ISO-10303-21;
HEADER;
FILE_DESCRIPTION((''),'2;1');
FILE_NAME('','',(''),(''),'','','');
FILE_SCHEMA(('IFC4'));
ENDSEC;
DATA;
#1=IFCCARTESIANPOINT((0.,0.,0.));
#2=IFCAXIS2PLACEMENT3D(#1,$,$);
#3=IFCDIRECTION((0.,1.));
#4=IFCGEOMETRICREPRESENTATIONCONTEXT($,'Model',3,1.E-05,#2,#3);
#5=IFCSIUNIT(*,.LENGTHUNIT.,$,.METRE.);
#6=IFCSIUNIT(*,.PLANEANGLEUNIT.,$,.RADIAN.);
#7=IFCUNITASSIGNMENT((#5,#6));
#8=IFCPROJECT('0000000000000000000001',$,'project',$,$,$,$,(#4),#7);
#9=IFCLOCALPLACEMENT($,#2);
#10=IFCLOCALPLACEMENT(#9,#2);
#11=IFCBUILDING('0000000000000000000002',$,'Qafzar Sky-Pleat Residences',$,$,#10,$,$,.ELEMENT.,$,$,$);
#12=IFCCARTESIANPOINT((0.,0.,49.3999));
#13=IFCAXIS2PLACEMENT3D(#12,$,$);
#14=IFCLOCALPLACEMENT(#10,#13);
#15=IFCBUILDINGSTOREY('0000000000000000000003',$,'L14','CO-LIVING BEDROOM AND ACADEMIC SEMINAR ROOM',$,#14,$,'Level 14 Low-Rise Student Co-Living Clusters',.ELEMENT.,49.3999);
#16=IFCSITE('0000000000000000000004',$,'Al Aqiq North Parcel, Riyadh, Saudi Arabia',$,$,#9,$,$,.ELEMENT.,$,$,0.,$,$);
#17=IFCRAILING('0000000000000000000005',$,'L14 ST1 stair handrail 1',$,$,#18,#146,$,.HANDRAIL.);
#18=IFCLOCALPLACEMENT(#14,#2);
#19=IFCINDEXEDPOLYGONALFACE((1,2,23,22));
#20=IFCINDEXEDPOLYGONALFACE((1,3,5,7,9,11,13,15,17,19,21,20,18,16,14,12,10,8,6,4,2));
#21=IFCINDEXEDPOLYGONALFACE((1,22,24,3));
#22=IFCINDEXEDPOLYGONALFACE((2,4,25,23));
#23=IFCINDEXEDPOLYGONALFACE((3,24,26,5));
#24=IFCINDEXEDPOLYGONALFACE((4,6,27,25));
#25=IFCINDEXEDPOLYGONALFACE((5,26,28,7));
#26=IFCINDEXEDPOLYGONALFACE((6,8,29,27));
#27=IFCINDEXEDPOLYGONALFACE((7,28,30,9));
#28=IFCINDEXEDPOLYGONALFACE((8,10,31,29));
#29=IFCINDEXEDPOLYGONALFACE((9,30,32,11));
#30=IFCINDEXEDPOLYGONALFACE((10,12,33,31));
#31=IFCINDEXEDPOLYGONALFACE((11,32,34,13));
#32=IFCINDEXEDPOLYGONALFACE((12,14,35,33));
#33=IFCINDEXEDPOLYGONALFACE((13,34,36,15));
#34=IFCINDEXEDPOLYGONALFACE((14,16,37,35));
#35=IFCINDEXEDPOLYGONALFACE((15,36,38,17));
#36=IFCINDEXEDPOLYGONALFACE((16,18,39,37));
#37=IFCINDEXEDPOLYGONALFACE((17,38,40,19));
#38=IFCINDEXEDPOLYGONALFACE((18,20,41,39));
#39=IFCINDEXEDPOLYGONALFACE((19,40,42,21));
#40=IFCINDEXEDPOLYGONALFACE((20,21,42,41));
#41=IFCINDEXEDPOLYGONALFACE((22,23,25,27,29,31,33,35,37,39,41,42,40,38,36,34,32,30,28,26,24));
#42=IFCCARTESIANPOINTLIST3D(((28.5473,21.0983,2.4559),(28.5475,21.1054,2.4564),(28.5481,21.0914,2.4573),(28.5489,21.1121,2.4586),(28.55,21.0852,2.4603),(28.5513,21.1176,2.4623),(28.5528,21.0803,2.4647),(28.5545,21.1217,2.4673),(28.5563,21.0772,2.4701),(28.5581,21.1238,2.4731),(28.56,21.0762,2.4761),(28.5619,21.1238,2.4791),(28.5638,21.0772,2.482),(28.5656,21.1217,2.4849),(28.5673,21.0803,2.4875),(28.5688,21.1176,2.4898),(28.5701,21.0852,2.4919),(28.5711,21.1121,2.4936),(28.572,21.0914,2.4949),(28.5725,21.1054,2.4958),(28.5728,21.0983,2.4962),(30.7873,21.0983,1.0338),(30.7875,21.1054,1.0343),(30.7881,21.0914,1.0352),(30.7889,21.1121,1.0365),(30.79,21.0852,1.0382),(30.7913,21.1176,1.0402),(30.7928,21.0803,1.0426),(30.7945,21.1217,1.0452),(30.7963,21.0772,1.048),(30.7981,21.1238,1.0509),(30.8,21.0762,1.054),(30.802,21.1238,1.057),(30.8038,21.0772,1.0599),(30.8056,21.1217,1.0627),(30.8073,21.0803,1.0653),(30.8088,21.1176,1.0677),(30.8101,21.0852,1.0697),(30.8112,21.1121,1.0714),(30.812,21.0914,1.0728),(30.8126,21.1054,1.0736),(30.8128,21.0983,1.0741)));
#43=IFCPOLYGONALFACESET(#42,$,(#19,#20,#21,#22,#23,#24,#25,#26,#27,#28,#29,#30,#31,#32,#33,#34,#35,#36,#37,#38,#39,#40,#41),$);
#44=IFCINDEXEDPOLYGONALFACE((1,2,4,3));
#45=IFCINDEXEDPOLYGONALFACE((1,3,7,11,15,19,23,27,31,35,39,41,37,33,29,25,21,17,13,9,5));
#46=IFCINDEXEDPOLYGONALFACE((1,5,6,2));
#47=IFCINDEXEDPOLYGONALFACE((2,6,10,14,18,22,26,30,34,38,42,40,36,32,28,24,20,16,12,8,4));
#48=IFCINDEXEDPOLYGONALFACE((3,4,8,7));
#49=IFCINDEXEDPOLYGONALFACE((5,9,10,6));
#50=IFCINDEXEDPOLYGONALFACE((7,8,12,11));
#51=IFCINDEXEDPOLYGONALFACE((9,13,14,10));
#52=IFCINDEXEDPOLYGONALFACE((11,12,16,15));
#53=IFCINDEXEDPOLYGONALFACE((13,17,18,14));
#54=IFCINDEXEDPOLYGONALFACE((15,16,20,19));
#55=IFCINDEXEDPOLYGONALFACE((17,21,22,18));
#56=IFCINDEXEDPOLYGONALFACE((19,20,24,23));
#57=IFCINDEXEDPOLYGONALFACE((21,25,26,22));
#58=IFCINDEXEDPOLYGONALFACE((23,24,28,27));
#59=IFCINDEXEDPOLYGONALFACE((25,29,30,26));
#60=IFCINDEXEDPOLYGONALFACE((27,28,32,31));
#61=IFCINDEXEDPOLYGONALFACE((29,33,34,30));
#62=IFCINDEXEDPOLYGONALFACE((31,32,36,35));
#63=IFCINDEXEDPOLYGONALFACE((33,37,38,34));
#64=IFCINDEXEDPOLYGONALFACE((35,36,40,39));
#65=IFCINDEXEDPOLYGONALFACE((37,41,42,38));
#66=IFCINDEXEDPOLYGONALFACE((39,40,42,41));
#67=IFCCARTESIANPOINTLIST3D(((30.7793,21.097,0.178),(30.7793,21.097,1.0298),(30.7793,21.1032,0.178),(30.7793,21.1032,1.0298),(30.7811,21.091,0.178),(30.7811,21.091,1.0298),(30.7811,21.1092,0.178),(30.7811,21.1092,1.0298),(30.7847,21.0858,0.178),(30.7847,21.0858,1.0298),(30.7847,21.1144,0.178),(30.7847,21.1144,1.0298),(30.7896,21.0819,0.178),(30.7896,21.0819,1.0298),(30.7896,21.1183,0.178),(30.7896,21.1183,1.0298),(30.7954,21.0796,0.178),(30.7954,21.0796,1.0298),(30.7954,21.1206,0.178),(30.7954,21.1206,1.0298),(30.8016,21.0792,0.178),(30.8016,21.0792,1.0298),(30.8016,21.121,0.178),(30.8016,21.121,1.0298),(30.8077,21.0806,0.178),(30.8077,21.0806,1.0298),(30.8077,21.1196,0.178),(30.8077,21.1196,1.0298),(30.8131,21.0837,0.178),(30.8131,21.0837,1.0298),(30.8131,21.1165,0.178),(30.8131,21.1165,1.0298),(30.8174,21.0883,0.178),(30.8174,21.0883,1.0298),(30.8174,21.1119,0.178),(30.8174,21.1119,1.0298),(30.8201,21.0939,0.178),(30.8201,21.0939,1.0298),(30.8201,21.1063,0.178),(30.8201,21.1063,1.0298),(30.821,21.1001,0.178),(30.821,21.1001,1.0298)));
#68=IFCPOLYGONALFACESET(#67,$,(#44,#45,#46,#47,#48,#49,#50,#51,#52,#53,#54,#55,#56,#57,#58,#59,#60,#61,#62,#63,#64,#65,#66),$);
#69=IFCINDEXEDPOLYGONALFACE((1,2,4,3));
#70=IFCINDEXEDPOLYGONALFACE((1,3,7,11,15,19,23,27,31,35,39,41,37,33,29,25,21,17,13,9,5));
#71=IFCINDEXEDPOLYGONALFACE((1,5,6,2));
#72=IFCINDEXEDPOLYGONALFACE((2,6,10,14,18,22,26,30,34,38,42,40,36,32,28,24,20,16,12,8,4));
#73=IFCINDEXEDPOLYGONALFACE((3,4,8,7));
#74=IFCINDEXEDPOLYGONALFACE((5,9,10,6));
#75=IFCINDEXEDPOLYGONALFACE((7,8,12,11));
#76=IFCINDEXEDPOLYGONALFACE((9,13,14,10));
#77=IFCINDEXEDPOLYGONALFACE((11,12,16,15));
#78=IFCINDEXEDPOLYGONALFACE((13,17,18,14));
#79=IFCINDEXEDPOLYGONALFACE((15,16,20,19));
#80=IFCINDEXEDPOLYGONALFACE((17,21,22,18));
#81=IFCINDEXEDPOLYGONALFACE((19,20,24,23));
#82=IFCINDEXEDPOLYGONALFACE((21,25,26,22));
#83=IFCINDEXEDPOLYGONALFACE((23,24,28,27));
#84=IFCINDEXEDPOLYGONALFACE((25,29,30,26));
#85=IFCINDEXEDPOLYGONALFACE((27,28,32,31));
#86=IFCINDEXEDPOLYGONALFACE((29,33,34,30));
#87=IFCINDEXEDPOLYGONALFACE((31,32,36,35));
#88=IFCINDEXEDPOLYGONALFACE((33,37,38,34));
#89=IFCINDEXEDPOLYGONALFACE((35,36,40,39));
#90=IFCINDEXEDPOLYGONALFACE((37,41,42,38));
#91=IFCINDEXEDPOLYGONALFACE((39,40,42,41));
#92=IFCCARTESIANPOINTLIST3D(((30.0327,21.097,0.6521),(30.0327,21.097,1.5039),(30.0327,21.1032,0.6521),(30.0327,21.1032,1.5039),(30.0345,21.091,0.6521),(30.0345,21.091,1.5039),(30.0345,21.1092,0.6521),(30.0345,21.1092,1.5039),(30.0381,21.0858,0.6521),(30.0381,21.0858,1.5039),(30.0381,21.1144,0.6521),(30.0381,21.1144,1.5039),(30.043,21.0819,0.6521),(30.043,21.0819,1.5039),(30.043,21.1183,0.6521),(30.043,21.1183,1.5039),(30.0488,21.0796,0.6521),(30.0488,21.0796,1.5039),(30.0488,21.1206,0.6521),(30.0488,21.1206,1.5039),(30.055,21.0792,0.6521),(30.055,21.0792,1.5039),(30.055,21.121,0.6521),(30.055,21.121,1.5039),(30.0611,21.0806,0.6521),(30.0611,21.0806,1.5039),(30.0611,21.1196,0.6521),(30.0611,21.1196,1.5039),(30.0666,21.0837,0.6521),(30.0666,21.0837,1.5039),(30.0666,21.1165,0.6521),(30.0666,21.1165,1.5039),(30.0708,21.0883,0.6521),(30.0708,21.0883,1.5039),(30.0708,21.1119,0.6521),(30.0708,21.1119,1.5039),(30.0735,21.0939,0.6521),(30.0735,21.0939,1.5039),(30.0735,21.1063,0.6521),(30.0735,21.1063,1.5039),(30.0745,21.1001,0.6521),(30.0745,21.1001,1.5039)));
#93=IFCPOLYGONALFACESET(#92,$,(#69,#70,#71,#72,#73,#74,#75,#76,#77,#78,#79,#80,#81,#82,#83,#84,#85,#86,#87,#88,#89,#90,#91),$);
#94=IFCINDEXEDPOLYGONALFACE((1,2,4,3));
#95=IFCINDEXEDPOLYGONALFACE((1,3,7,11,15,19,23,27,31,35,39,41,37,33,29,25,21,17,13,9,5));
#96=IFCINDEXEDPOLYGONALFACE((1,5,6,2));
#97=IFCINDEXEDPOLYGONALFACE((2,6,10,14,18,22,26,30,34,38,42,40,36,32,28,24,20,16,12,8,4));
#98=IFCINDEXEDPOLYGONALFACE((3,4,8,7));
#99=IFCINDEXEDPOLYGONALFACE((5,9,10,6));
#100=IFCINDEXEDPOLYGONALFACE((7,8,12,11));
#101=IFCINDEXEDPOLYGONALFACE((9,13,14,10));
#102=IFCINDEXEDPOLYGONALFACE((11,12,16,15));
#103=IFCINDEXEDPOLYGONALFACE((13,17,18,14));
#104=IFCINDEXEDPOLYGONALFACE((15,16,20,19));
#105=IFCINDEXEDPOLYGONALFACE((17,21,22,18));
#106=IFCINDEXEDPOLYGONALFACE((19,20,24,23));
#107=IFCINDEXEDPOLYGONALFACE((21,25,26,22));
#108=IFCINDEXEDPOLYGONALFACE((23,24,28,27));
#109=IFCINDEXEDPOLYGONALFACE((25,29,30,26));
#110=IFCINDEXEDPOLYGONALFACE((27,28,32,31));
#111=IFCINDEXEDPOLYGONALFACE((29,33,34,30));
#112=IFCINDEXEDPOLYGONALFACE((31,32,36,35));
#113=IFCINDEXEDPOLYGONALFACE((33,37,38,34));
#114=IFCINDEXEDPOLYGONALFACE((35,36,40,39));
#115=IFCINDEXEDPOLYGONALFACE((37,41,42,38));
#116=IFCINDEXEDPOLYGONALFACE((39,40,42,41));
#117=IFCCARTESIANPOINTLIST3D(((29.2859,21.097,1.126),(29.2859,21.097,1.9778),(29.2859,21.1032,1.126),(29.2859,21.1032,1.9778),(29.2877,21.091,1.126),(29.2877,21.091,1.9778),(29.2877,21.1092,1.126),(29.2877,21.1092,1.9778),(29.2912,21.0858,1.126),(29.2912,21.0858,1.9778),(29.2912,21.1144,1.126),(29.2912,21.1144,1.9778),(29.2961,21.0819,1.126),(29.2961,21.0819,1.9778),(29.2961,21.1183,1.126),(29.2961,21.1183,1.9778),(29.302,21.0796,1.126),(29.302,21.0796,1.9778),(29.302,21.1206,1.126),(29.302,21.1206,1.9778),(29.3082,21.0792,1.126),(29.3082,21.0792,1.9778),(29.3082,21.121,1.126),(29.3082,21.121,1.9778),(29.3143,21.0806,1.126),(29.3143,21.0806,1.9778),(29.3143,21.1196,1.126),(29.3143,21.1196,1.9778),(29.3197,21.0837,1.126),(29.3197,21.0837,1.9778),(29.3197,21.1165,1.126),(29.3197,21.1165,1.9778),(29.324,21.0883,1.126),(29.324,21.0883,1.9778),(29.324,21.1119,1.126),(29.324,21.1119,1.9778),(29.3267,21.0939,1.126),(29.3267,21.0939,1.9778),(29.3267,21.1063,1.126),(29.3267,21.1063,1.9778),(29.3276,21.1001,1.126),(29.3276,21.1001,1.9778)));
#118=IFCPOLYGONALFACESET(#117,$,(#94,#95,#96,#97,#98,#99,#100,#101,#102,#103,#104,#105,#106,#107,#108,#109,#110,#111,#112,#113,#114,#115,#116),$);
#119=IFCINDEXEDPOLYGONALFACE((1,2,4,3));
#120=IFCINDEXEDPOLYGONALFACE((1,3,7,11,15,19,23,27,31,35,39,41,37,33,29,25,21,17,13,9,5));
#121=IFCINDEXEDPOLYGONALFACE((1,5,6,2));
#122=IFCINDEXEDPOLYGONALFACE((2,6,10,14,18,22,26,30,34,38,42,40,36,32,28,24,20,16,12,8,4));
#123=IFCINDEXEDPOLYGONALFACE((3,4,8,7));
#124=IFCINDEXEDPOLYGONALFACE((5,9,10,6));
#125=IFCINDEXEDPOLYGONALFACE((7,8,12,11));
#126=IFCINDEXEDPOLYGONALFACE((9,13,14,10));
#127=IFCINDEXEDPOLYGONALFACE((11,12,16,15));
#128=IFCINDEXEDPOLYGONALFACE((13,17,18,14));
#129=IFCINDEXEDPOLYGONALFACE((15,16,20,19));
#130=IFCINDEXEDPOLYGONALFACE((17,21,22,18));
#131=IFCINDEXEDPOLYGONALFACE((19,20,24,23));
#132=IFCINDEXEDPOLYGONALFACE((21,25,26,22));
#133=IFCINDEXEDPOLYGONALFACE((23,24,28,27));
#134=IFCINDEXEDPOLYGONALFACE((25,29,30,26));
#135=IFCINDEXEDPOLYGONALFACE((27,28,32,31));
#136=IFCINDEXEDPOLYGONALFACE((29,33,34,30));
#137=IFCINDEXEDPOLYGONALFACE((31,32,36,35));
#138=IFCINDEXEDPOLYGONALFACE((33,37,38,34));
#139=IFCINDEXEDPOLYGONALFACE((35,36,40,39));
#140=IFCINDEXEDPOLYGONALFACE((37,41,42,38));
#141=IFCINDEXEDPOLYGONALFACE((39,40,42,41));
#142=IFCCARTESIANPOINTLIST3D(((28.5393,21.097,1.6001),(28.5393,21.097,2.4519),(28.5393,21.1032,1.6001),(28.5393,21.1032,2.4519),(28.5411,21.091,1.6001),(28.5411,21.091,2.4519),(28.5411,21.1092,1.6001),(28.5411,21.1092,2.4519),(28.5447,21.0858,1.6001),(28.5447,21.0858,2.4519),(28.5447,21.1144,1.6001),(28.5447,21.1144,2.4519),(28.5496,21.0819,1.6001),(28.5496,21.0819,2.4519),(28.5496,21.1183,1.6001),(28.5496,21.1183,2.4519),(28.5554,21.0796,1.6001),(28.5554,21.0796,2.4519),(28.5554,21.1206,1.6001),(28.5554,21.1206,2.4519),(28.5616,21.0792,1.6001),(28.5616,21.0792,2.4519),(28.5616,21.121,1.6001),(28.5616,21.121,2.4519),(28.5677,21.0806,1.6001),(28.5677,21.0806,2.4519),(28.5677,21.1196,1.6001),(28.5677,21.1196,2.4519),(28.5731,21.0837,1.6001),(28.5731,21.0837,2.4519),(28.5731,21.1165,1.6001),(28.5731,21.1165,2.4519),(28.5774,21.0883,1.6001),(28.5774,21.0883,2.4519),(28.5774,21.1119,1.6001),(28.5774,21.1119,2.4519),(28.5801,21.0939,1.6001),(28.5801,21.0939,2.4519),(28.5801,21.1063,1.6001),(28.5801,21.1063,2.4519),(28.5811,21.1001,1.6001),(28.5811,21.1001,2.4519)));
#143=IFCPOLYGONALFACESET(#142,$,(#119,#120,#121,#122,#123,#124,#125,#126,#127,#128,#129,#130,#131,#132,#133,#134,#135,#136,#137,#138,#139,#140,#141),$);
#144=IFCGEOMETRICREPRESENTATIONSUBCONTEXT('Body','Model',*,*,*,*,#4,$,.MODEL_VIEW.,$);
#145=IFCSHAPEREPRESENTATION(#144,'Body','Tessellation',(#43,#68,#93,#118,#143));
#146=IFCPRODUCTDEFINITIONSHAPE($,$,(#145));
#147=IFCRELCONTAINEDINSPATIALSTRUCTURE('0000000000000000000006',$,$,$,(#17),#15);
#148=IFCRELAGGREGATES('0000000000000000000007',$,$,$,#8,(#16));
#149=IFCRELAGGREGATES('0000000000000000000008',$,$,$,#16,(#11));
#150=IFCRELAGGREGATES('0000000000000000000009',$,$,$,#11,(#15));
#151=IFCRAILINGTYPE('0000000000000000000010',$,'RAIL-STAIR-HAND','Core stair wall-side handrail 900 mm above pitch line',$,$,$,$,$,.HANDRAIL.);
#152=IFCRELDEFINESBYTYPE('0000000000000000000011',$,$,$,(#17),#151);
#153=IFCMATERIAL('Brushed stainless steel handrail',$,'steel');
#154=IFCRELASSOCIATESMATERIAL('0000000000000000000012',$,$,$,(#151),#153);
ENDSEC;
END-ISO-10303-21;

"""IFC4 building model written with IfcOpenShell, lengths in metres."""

from ifc_helpers import new_model, si_unit, direction, frame, origin, origin_2d, place, context, subcontext, project, spatial, circle, extrude, source, transform, mapped, material, type_object, element, save


model = new_model("IFC4")

# Units and contexts
model_context = context("Model", 3, precision=1e-05, world=origin(), true_north=direction((0.0, 1.0)))
body_context = subcontext(model_context, "Body", "Model", "MODEL_VIEW")
ifc_project = project(units=[si_unit("LENGTHUNIT", "METRE"), si_unit("PLANEANGLEUNIT", "RADIAN")], contexts=[model_context])

# Site, building, storey
site_placement = place(None, origin())
site = spatial("IfcSite", under=ifc_project, at=site_placement, Name="Al Aqiq North Parcel, Riyadh, Saudi Arabia", CompositionType="ELEMENT", RefElevation=0.0)
building_placement = place(site_placement, origin())
building = spatial("IfcBuilding", under=site, at=building_placement, Name="Qafzar Sky-Pleat Residences", CompositionType="ELEMENT")
storey_placement = place(building_placement, frame((0.0, 0.0, 49.3999)))
storey = spatial("IfcBuildingStorey", under=building, at=storey_placement, Name="L14", Description="CO-LIVING BEDROOM AND ACADEMIC SEMINAR ROOM", LongName="Level 14 Low-Rise Student Co-Living Clusters", CompositionType="ELEMENT", Elevation=49.3999)

# Railing
ifc_material_1 = material(Name="Brushed stainless steel handrail", Category="steel")
railing_type_1 = type_object("IfcRailingType", Name="RAIL-STAIR-HAND", Description="Core stair wall-side handrail 900 mm above pitch line", PredefinedType="HANDRAIL", material=ifc_material_1)
shared_shape_1 = source(origin(), body_context, "Body", "SweptSolid", [
    extrude(circle(Radius=0.0239, at=origin_2d()), frame((0.0, 0.0, 0.876), z_axis=(-0.844229, 0.0, 0.535982), x_axis=(0.0, -1.0, 0.0)), (0.0, 0.0, 1.0), 2.6533),
    extrude(circle(Radius=0.021, at=origin_2d()), origin(), (0.0, 0.0, 1.0), 0.8518),
    extrude(circle(Radius=0.021, at=origin_2d()), frame((-0.7466, 0.0, 0.4741)), (0.0, 0.0, 1.0), 0.8518),
    extrude(circle(Radius=0.021, at=origin_2d()), frame((-1.4934, 0.0, 0.948)), (0.0, 0.0, 1.0), 0.8518),
    extrude(circle(Radius=0.021, at=origin_2d()), frame((-2.24, 0.0, 1.4221)), (0.0, 0.0, 1.0), 0.8518),
])
railing_1_placement = place(storey_placement, frame((30.8, 21.1001, 0.178)))
element("IfcRailing", 1, at=railing_1_placement, inside=storey, type_object=railing_type_1, Name="L14 ST1 stair handrail 1", PredefinedType="HANDRAIL", context=body_context, shape_type="MappedRepresentation", body=[
    mapped(shared_shape_1, transform((0.0, 0.0, 0.0), x_axis=(1.0, 0.0, 0.0), y_axis=(0.0, 1.0, 0.0), z_axis=(0.0, 0.0, 1.0), scale=1.0)),
])

save(model, "model.ifc")
